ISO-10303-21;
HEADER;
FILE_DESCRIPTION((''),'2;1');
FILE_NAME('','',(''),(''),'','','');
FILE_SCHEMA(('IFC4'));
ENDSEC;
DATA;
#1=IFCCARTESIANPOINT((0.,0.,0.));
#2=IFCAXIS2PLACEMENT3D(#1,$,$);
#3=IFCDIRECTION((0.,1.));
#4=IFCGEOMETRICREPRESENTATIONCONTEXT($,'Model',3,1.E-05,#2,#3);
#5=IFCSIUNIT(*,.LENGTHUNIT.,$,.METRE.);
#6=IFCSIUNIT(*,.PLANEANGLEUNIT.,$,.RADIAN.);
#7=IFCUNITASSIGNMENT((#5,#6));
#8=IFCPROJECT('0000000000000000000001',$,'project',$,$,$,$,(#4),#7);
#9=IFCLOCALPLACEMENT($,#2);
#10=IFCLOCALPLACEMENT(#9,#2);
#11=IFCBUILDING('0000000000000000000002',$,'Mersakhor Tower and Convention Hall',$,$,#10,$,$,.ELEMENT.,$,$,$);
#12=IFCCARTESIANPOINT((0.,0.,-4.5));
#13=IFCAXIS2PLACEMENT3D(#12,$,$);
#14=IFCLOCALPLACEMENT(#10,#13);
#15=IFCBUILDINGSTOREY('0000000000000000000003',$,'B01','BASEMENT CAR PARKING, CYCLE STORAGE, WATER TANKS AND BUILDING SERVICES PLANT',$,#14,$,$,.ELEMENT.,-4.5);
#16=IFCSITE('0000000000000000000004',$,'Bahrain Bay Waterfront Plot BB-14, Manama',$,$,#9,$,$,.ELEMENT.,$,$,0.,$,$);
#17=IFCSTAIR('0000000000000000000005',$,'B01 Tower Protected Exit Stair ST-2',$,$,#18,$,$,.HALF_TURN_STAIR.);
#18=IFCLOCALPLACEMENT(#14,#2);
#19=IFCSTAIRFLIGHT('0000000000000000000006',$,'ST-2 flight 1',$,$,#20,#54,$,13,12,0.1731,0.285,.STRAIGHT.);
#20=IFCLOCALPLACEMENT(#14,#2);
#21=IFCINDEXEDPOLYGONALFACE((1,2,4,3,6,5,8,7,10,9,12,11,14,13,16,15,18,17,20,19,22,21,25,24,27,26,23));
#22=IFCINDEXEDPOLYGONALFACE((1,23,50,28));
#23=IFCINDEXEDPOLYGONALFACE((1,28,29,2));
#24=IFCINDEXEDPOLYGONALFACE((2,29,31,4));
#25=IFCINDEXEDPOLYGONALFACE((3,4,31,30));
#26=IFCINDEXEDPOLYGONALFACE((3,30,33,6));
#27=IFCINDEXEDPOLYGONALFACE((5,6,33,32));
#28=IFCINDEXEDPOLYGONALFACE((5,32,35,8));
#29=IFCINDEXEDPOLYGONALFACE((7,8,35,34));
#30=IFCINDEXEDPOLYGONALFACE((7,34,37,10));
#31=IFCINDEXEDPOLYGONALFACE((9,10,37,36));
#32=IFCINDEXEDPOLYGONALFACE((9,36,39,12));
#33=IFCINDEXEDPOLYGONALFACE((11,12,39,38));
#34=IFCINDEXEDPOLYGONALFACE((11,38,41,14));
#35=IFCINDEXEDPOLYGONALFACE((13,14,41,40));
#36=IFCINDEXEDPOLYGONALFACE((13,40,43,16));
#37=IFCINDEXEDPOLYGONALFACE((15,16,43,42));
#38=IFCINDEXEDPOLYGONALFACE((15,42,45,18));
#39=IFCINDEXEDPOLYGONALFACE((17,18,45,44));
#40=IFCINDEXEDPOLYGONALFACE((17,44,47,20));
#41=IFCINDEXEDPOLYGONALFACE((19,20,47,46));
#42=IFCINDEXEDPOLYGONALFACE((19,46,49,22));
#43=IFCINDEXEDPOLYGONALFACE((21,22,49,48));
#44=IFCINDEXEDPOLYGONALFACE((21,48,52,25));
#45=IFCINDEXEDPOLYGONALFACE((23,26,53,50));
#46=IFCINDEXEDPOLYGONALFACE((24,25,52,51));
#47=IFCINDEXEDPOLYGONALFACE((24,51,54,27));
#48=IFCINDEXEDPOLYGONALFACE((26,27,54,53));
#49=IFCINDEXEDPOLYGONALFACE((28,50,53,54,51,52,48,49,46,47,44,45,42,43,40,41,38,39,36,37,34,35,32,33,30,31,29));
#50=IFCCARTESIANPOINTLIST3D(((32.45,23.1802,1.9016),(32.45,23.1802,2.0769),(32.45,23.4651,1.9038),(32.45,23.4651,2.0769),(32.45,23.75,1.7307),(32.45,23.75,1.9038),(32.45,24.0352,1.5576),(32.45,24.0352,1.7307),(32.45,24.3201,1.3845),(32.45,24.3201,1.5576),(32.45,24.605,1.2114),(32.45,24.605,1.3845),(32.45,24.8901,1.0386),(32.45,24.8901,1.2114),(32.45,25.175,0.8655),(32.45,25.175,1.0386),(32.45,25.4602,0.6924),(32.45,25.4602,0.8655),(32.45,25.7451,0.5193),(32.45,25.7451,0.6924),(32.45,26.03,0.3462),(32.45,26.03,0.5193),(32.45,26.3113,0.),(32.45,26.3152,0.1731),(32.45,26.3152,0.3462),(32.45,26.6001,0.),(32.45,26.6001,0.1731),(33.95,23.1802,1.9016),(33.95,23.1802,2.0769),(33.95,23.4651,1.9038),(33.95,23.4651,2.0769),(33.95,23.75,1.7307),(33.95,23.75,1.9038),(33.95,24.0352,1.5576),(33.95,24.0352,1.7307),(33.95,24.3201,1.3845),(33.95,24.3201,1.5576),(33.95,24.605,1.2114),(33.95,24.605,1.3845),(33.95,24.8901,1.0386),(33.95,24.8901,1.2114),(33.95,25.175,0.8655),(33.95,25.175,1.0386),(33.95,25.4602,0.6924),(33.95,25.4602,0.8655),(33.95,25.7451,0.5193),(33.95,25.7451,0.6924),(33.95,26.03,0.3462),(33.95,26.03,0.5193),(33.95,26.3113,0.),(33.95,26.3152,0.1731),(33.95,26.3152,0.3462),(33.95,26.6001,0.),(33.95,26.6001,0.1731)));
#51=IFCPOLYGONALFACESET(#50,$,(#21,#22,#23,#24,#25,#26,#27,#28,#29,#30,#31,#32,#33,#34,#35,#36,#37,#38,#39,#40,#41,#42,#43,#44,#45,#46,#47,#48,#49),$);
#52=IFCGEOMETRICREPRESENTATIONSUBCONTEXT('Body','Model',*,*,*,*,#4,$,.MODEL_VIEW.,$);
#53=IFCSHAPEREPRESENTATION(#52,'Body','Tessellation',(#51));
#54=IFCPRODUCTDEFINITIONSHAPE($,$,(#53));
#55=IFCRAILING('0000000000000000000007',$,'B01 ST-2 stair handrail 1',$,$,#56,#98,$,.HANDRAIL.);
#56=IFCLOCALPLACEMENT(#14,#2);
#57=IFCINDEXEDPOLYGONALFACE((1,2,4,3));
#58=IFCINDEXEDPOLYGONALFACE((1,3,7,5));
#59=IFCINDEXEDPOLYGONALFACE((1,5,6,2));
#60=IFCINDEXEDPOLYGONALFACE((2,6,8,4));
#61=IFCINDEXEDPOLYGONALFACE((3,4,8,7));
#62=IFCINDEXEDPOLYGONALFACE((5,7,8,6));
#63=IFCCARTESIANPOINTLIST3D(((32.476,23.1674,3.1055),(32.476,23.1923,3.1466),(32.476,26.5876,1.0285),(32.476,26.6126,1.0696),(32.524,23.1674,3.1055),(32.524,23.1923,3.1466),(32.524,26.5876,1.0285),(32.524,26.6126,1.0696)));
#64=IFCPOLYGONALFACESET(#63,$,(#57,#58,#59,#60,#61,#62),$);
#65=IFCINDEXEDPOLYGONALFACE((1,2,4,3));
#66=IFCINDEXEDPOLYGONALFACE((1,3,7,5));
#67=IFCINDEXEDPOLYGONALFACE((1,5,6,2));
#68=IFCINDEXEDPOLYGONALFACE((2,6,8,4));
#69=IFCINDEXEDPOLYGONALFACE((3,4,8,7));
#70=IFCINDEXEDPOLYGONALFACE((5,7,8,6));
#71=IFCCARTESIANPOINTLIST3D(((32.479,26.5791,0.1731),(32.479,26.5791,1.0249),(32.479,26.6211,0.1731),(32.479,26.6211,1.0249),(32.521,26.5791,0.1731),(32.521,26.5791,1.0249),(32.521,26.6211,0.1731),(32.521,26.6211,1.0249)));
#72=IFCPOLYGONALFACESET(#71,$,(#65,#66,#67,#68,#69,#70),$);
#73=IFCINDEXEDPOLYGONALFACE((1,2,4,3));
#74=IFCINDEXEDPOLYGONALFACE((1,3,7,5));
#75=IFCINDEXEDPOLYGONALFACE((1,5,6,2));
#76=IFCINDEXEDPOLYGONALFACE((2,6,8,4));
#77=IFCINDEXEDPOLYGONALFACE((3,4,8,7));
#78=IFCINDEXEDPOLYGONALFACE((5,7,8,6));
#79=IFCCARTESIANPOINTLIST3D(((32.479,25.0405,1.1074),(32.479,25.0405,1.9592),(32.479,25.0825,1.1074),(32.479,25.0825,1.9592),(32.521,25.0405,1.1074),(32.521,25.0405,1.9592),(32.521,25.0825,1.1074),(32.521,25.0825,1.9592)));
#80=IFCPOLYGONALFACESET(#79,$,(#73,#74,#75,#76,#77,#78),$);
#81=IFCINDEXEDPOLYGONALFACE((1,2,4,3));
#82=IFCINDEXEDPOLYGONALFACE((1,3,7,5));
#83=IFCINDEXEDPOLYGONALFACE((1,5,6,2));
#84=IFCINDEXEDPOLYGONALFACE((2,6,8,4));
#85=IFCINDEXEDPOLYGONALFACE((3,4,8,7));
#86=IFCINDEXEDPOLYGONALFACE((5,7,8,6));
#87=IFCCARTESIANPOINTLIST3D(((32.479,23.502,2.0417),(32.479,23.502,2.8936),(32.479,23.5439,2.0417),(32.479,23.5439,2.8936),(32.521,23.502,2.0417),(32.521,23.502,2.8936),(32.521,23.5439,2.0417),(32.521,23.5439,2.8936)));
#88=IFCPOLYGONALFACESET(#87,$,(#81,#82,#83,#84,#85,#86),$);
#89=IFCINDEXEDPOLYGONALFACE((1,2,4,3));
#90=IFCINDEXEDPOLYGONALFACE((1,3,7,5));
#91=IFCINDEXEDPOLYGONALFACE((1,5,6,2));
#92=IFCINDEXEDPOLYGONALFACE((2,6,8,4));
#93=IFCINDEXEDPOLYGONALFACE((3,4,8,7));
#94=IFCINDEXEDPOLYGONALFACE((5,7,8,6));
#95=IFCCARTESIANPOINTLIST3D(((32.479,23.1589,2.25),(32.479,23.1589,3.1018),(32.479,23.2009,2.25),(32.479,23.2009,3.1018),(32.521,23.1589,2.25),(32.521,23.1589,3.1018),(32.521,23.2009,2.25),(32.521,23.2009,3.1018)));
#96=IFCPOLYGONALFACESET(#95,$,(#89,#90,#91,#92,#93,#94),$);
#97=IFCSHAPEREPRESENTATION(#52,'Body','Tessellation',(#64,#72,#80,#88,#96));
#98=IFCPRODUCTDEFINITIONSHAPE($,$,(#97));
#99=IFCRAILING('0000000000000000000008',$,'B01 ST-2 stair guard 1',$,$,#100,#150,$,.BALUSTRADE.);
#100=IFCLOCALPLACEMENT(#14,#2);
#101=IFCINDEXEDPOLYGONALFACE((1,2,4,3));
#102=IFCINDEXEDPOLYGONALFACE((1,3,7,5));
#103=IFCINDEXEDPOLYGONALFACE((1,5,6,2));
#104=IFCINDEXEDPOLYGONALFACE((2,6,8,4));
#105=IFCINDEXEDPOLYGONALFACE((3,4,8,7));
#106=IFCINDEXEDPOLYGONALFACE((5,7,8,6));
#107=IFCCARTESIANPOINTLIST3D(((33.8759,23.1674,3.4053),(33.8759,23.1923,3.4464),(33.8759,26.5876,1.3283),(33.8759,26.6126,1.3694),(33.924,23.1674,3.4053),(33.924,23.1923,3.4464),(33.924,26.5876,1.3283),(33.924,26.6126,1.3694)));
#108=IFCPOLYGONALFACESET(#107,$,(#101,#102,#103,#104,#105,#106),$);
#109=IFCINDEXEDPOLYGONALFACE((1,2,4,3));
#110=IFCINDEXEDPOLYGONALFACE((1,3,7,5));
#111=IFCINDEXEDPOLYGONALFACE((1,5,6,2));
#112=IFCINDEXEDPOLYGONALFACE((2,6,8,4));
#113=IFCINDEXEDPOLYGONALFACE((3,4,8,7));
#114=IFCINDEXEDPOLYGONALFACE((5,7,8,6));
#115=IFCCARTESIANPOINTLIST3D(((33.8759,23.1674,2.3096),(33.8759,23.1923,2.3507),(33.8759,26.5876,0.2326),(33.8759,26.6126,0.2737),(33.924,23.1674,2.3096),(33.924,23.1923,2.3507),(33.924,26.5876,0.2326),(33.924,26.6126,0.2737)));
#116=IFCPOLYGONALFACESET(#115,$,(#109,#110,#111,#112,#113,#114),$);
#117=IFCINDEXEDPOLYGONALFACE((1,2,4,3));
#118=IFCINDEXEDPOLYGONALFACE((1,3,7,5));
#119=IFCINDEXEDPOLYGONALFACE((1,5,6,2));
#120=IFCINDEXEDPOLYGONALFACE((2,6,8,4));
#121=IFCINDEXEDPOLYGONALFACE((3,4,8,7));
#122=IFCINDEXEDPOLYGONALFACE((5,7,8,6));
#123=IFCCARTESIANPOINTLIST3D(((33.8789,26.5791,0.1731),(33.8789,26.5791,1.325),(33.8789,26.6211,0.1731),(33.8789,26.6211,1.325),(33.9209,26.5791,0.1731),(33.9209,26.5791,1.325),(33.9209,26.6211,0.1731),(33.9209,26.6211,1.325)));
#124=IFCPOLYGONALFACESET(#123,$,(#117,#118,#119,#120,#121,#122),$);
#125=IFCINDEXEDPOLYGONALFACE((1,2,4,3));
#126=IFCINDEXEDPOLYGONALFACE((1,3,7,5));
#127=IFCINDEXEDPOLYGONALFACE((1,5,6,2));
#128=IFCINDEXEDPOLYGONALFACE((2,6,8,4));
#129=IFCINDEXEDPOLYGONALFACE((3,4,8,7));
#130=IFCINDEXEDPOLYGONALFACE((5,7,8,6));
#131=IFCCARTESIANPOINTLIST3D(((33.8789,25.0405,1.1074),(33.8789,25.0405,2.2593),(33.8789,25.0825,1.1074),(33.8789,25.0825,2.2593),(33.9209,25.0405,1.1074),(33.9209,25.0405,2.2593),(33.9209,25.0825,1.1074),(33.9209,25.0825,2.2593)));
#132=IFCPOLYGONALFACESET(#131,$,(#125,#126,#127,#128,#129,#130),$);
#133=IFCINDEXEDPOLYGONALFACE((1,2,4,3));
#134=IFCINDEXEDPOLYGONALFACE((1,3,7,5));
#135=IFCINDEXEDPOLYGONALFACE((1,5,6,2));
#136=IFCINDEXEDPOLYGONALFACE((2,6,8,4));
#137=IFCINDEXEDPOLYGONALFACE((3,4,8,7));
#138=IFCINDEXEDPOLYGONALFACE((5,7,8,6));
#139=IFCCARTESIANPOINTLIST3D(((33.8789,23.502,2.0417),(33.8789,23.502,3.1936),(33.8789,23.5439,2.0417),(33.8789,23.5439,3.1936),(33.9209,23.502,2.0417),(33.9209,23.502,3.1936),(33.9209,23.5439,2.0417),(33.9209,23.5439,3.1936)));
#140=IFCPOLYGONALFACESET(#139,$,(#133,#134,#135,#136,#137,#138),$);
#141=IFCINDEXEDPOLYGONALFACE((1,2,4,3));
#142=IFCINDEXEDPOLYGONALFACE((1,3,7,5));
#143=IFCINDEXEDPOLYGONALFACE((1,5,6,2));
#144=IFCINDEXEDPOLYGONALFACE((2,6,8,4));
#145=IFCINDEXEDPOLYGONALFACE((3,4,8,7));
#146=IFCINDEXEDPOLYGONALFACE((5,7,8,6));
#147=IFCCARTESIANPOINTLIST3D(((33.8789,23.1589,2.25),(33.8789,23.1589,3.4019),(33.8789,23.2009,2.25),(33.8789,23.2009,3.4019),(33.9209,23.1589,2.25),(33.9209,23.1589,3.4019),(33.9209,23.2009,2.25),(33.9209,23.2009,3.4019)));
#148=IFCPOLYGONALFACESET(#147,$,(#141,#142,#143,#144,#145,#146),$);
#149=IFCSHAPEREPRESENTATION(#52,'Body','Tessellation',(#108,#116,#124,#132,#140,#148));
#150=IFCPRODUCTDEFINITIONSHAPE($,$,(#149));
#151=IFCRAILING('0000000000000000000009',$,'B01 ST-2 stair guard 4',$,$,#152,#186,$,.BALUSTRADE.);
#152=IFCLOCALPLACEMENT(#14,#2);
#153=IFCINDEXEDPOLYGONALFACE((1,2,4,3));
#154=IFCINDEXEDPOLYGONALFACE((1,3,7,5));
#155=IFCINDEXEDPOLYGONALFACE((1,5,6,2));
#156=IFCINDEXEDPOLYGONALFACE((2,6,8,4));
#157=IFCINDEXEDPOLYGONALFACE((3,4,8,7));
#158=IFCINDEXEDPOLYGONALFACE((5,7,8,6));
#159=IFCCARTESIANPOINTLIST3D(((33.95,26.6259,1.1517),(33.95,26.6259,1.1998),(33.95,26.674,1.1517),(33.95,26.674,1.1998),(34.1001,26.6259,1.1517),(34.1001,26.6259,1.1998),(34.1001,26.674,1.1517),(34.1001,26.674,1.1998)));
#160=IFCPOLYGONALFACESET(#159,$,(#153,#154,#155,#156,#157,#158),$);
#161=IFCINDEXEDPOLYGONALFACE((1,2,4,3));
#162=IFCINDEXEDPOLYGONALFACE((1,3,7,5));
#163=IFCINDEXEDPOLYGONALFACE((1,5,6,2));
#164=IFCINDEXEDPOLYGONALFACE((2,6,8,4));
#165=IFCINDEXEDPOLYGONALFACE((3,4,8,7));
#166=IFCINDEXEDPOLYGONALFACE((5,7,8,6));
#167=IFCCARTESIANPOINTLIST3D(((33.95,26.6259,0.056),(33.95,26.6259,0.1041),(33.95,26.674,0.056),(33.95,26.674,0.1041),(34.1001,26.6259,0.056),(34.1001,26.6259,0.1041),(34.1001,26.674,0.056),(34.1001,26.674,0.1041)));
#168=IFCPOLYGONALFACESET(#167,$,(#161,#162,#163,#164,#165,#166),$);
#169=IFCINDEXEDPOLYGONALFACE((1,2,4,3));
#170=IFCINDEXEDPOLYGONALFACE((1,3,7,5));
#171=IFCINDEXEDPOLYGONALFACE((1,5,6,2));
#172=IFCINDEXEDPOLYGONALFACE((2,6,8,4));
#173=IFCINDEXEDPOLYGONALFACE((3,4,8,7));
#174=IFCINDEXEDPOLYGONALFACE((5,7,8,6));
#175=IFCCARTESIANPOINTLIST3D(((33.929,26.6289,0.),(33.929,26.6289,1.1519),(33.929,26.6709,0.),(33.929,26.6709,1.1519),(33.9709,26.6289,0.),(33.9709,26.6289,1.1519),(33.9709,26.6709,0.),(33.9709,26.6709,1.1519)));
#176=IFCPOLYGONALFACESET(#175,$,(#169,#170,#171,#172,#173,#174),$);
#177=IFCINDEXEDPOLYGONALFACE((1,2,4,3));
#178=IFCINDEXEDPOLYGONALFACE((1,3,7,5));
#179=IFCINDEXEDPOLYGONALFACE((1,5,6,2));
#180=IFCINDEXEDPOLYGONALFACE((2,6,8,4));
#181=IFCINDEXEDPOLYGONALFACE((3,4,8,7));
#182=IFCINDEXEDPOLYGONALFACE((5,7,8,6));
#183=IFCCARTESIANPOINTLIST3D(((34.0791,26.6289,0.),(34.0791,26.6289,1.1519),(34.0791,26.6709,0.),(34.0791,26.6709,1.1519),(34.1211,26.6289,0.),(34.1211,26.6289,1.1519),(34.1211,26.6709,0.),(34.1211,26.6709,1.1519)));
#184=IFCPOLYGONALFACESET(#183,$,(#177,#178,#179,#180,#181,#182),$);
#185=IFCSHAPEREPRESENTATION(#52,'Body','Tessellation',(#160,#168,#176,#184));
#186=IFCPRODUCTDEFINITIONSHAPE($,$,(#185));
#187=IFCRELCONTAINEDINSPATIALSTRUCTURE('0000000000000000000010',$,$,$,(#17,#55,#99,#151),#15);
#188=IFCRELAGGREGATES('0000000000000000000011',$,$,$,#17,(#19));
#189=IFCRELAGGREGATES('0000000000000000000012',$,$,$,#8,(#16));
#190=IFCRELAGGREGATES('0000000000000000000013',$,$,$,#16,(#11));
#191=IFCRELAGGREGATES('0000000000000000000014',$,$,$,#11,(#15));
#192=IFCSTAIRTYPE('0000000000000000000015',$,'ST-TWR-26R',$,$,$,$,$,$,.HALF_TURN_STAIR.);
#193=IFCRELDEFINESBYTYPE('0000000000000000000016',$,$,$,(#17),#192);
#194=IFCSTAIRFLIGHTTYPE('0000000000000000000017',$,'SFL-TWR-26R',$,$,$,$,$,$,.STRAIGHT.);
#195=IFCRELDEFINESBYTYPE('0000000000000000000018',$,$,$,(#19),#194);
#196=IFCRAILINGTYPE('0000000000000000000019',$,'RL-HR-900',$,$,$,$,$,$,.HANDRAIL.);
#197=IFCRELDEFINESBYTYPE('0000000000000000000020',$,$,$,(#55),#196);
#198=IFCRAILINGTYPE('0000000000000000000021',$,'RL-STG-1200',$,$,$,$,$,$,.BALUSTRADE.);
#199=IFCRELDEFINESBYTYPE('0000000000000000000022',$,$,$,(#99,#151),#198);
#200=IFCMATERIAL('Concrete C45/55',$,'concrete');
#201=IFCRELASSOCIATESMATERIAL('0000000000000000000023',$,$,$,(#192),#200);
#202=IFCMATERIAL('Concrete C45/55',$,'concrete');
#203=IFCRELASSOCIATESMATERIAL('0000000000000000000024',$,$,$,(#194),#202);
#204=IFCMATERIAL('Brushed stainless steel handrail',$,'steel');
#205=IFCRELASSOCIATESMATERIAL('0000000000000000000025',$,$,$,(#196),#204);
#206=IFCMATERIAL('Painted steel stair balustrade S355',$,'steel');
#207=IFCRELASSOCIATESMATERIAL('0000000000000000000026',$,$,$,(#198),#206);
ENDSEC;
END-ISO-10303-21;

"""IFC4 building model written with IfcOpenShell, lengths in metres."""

from ifc_helpers import new_model, si_unit, direction, frame, origin, origin_2d, place, context, subcontext, project, spatial, polyline, rectangle, outline, extrude, material, type_object, element, aggregate, save


model = new_model("IFC4")

# Units and contexts
model_context = context("Model", 3, precision=1e-05, world=origin(), true_north=direction((0.0, 1.0)))
body_context = subcontext(model_context, "Body", "Model", "MODEL_VIEW")
ifc_project = project(units=[si_unit("LENGTHUNIT", "METRE"), si_unit("PLANEANGLEUNIT", "RADIAN")], contexts=[model_context])

# Site, building, storey
site_placement = place(None, origin())
site = spatial("IfcSite", under=ifc_project, at=site_placement, Name="Bahrain Bay Waterfront Plot BB-14, Manama", CompositionType="ELEMENT", RefElevation=0.0)
building_placement = place(site_placement, origin())
building = spatial("IfcBuilding", under=site, at=building_placement, Name="Mersakhor Tower and Convention Hall", CompositionType="ELEMENT")
storey_placement = place(building_placement, frame((0.0, 0.0, -4.5)))
storey = spatial("IfcBuildingStorey", under=building, at=storey_placement, Name="B01", Description="BASEMENT CAR PARKING, CYCLE STORAGE, WATER TANKS AND BUILDING SERVICES PLANT", CompositionType="ELEMENT", Elevation=-4.5)

# Stair, stair flight
ifc_material_1 = material(Name="Concrete C45/55", Category="concrete")
stair_type = type_object("IfcStairType", Name="ST-TWR-26R", PredefinedType="HALF_TURN_STAIR", material=ifc_material_1)
stair_placement = place(storey_placement, origin())
stair = element("IfcStair", 1, at=stair_placement, inside=storey, type_object=stair_type, Name="B01 Tower Protected Exit Stair ST-2", PredefinedType="HALF_TURN_STAIR")
ifc_material_2 = material(Name="Concrete C45/55", Category="concrete")
stair_flight_type = type_object("IfcStairFlightType", Name="SFL-TWR-26R", PredefinedType="STRAIGHT", material=ifc_material_2)
stair_flight_placement = place(storey_placement, frame((33.2, 26.6001, 0.0), z_axis=(0.0, 0.0, 1.0), x_axis=(0.0, -1.0, 0.0)))
stair_flight = element("IfcStairFlight", 2, at=stair_flight_placement, type_object=stair_flight_type, Name="ST-2 flight 1", NumberOfRisers=13, NumberOfTreads=12, PredefinedType="STRAIGHT", RiserHeight=0.1731, TreadLength=0.285, context=body_context, shape_type="SweptSolid", body=[
    extrude(outline(polyline([(0.0, 0.0), (0.0, 0.1731), (0.2849, 0.1731), (0.2849, 0.3462), (0.5701, 0.3462), (0.5701, 0.5193), (0.855, 0.5193), (0.855, 0.6924), (1.1399, 0.6924), (1.1399, 0.8655), (1.425, 0.8655), (1.425, 1.0386), (1.71, 1.0386), (1.71, 1.2114), (1.9951, 1.2114), (1.9951, 1.3845), (2.28, 1.3845), (2.28, 1.5576), (2.5649, 1.5576), (2.5649, 1.7307), (2.8501, 1.7307), (2.8501, 1.9038), (3.135, 1.9038), (3.135, 2.0769), (3.4199, 2.0769), (3.4199, 2.25), (3.4199, 1.9016), (0.2888, 0.0), (0.0, 0.0)])), frame((0.0, 0.75, 0.0), z_axis=(0.0, -1.0, 0.0), x_axis=(1.0, 0.0, 0.0)), (0.0, 0.0, 1.0), 1.5),
])
aggregate(stair, [stair_flight])

# Railings
ifc_material_3 = material(Name="Brushed stainless steel handrail", Category="steel")
railing_type_1 = type_object("IfcRailingType", Name="RL-HR-900", PredefinedType="HANDRAIL", material=ifc_material_3)
railing_1_placement = place(storey_placement, frame((32.5, 26.6001, 0.1731)))
element("IfcRailing", 3, at=railing_1_placement, inside=storey, type_object=railing_type_1, Name="B01 ST-2 stair handrail 1", PredefinedType="HANDRAIL", context=body_context, shape_type="SweptSolid", body=[
    extrude(rectangle(XDim=0.0481, YDim=0.0481, at=origin_2d()), frame((0.0, 0.0, 0.876), z_axis=(0.0, -0.854746, 0.519047), x_axis=(1.0, 0.0, 0.0)), (0.0, 0.0, 1.0), 4.0015),
    extrude(rectangle(XDim=0.042, YDim=0.042, at=origin_2d()), origin(), (0.0, 0.0, 1.0), 0.8518),
    extrude(rectangle(XDim=0.042, YDim=0.042, at=origin_2d()), frame((0.0, -1.5386, 0.9343)), (0.0, 0.0, 1.0), 0.8518),
    extrude(rectangle(XDim=0.042, YDim=0.042, at=origin_2d()), frame((0.0, -3.0771, 1.8687)), (0.0, 0.0, 1.0), 0.8518),
    extrude(rectangle(XDim=0.042, YDim=0.042, at=origin_2d()), frame((0.0, -3.4202, 2.0769)), (0.0, 0.0, 1.0), 0.8518),
])
ifc_material_4 = material(Name="Painted steel stair balustrade S355", Category="steel")
railing_type_2 = type_object("IfcRailingType", Name="RL-STG-1200", PredefinedType="BALUSTRADE", material=ifc_material_4)
railing_2_placement = place(storey_placement, frame((33.8999, 26.6001, 0.1731)))
element("IfcRailing", 4, at=railing_2_placement, inside=storey, type_object=railing_type_2, Name="B01 ST-2 stair guard 1", PredefinedType="BALUSTRADE", context=body_context, shape_type="SweptSolid", body=[
    extrude(rectangle(XDim=0.0481, YDim=0.0481, at=origin_2d()), frame((0.0, 0.0, 1.1758), z_axis=(0.0, -0.854746, 0.519047), x_axis=(1.0, 0.0, 0.0)), (0.0, 0.0, 1.0), 4.0015),
    extrude(rectangle(XDim=0.0481, YDim=0.0481, at=origin_2d()), frame((0.0, 0.0, 0.0801), z_axis=(0.0, -0.854746, 0.519047), x_axis=(1.0, 0.0, 0.0)), (0.0, 0.0, 1.0), 4.0015),
    extrude(rectangle(XDim=0.042, YDim=0.042, at=origin_2d()), origin(), (0.0, 0.0, 1.0), 1.1519),
    extrude(rectangle(XDim=0.042, YDim=0.042, at=origin_2d()), frame((0.0, -1.5386, 0.9343)), (0.0, 0.0, 1.0), 1.1519),
    extrude(rectangle(XDim=0.042, YDim=0.042, at=origin_2d()), frame((0.0, -3.0771, 1.8687)), (0.0, 0.0, 1.0), 1.1519),
    extrude(rectangle(XDim=0.042, YDim=0.042, at=origin_2d()), frame((0.0, -3.4202, 2.0769)), (0.0, 0.0, 1.0), 1.1519),
])
railing_3_placement = place(storey_placement, frame((33.95, 26.6499, 0.0)))
element("IfcRailing", 5, at=railing_3_placement, inside=storey, type_object=railing_type_2, Name="B01 ST-2 stair guard 4", PredefinedType="BALUSTRADE", context=body_context, shape_type="SweptSolid", body=[
    extrude(rectangle(XDim=0.0481, YDim=0.0481, at=origin_2d()), frame((0.0, 0.0, 1.1758), z_axis=(1.0, 0.0, 0.0), x_axis=(0.0, 1.0, 0.0)), (0.0, 0.0, 1.0), 0.1501),
    extrude(rectangle(XDim=0.0481, YDim=0.0481, at=origin_2d()), frame((0.0, 0.0, 0.0801), z_axis=(1.0, 0.0, 0.0), x_axis=(0.0, 1.0, 0.0)), (0.0, 0.0, 1.0), 0.1501),
    extrude(rectangle(XDim=0.042, YDim=0.042, at=origin_2d()), origin(), (0.0, 0.0, 1.0), 1.1519),
    extrude(rectangle(XDim=0.042, YDim=0.042, at=origin_2d()), frame((0.1501, 0.0, 0.0)), (0.0, 0.0, 1.0), 1.1519),
])

save(model, "model.ifc")
